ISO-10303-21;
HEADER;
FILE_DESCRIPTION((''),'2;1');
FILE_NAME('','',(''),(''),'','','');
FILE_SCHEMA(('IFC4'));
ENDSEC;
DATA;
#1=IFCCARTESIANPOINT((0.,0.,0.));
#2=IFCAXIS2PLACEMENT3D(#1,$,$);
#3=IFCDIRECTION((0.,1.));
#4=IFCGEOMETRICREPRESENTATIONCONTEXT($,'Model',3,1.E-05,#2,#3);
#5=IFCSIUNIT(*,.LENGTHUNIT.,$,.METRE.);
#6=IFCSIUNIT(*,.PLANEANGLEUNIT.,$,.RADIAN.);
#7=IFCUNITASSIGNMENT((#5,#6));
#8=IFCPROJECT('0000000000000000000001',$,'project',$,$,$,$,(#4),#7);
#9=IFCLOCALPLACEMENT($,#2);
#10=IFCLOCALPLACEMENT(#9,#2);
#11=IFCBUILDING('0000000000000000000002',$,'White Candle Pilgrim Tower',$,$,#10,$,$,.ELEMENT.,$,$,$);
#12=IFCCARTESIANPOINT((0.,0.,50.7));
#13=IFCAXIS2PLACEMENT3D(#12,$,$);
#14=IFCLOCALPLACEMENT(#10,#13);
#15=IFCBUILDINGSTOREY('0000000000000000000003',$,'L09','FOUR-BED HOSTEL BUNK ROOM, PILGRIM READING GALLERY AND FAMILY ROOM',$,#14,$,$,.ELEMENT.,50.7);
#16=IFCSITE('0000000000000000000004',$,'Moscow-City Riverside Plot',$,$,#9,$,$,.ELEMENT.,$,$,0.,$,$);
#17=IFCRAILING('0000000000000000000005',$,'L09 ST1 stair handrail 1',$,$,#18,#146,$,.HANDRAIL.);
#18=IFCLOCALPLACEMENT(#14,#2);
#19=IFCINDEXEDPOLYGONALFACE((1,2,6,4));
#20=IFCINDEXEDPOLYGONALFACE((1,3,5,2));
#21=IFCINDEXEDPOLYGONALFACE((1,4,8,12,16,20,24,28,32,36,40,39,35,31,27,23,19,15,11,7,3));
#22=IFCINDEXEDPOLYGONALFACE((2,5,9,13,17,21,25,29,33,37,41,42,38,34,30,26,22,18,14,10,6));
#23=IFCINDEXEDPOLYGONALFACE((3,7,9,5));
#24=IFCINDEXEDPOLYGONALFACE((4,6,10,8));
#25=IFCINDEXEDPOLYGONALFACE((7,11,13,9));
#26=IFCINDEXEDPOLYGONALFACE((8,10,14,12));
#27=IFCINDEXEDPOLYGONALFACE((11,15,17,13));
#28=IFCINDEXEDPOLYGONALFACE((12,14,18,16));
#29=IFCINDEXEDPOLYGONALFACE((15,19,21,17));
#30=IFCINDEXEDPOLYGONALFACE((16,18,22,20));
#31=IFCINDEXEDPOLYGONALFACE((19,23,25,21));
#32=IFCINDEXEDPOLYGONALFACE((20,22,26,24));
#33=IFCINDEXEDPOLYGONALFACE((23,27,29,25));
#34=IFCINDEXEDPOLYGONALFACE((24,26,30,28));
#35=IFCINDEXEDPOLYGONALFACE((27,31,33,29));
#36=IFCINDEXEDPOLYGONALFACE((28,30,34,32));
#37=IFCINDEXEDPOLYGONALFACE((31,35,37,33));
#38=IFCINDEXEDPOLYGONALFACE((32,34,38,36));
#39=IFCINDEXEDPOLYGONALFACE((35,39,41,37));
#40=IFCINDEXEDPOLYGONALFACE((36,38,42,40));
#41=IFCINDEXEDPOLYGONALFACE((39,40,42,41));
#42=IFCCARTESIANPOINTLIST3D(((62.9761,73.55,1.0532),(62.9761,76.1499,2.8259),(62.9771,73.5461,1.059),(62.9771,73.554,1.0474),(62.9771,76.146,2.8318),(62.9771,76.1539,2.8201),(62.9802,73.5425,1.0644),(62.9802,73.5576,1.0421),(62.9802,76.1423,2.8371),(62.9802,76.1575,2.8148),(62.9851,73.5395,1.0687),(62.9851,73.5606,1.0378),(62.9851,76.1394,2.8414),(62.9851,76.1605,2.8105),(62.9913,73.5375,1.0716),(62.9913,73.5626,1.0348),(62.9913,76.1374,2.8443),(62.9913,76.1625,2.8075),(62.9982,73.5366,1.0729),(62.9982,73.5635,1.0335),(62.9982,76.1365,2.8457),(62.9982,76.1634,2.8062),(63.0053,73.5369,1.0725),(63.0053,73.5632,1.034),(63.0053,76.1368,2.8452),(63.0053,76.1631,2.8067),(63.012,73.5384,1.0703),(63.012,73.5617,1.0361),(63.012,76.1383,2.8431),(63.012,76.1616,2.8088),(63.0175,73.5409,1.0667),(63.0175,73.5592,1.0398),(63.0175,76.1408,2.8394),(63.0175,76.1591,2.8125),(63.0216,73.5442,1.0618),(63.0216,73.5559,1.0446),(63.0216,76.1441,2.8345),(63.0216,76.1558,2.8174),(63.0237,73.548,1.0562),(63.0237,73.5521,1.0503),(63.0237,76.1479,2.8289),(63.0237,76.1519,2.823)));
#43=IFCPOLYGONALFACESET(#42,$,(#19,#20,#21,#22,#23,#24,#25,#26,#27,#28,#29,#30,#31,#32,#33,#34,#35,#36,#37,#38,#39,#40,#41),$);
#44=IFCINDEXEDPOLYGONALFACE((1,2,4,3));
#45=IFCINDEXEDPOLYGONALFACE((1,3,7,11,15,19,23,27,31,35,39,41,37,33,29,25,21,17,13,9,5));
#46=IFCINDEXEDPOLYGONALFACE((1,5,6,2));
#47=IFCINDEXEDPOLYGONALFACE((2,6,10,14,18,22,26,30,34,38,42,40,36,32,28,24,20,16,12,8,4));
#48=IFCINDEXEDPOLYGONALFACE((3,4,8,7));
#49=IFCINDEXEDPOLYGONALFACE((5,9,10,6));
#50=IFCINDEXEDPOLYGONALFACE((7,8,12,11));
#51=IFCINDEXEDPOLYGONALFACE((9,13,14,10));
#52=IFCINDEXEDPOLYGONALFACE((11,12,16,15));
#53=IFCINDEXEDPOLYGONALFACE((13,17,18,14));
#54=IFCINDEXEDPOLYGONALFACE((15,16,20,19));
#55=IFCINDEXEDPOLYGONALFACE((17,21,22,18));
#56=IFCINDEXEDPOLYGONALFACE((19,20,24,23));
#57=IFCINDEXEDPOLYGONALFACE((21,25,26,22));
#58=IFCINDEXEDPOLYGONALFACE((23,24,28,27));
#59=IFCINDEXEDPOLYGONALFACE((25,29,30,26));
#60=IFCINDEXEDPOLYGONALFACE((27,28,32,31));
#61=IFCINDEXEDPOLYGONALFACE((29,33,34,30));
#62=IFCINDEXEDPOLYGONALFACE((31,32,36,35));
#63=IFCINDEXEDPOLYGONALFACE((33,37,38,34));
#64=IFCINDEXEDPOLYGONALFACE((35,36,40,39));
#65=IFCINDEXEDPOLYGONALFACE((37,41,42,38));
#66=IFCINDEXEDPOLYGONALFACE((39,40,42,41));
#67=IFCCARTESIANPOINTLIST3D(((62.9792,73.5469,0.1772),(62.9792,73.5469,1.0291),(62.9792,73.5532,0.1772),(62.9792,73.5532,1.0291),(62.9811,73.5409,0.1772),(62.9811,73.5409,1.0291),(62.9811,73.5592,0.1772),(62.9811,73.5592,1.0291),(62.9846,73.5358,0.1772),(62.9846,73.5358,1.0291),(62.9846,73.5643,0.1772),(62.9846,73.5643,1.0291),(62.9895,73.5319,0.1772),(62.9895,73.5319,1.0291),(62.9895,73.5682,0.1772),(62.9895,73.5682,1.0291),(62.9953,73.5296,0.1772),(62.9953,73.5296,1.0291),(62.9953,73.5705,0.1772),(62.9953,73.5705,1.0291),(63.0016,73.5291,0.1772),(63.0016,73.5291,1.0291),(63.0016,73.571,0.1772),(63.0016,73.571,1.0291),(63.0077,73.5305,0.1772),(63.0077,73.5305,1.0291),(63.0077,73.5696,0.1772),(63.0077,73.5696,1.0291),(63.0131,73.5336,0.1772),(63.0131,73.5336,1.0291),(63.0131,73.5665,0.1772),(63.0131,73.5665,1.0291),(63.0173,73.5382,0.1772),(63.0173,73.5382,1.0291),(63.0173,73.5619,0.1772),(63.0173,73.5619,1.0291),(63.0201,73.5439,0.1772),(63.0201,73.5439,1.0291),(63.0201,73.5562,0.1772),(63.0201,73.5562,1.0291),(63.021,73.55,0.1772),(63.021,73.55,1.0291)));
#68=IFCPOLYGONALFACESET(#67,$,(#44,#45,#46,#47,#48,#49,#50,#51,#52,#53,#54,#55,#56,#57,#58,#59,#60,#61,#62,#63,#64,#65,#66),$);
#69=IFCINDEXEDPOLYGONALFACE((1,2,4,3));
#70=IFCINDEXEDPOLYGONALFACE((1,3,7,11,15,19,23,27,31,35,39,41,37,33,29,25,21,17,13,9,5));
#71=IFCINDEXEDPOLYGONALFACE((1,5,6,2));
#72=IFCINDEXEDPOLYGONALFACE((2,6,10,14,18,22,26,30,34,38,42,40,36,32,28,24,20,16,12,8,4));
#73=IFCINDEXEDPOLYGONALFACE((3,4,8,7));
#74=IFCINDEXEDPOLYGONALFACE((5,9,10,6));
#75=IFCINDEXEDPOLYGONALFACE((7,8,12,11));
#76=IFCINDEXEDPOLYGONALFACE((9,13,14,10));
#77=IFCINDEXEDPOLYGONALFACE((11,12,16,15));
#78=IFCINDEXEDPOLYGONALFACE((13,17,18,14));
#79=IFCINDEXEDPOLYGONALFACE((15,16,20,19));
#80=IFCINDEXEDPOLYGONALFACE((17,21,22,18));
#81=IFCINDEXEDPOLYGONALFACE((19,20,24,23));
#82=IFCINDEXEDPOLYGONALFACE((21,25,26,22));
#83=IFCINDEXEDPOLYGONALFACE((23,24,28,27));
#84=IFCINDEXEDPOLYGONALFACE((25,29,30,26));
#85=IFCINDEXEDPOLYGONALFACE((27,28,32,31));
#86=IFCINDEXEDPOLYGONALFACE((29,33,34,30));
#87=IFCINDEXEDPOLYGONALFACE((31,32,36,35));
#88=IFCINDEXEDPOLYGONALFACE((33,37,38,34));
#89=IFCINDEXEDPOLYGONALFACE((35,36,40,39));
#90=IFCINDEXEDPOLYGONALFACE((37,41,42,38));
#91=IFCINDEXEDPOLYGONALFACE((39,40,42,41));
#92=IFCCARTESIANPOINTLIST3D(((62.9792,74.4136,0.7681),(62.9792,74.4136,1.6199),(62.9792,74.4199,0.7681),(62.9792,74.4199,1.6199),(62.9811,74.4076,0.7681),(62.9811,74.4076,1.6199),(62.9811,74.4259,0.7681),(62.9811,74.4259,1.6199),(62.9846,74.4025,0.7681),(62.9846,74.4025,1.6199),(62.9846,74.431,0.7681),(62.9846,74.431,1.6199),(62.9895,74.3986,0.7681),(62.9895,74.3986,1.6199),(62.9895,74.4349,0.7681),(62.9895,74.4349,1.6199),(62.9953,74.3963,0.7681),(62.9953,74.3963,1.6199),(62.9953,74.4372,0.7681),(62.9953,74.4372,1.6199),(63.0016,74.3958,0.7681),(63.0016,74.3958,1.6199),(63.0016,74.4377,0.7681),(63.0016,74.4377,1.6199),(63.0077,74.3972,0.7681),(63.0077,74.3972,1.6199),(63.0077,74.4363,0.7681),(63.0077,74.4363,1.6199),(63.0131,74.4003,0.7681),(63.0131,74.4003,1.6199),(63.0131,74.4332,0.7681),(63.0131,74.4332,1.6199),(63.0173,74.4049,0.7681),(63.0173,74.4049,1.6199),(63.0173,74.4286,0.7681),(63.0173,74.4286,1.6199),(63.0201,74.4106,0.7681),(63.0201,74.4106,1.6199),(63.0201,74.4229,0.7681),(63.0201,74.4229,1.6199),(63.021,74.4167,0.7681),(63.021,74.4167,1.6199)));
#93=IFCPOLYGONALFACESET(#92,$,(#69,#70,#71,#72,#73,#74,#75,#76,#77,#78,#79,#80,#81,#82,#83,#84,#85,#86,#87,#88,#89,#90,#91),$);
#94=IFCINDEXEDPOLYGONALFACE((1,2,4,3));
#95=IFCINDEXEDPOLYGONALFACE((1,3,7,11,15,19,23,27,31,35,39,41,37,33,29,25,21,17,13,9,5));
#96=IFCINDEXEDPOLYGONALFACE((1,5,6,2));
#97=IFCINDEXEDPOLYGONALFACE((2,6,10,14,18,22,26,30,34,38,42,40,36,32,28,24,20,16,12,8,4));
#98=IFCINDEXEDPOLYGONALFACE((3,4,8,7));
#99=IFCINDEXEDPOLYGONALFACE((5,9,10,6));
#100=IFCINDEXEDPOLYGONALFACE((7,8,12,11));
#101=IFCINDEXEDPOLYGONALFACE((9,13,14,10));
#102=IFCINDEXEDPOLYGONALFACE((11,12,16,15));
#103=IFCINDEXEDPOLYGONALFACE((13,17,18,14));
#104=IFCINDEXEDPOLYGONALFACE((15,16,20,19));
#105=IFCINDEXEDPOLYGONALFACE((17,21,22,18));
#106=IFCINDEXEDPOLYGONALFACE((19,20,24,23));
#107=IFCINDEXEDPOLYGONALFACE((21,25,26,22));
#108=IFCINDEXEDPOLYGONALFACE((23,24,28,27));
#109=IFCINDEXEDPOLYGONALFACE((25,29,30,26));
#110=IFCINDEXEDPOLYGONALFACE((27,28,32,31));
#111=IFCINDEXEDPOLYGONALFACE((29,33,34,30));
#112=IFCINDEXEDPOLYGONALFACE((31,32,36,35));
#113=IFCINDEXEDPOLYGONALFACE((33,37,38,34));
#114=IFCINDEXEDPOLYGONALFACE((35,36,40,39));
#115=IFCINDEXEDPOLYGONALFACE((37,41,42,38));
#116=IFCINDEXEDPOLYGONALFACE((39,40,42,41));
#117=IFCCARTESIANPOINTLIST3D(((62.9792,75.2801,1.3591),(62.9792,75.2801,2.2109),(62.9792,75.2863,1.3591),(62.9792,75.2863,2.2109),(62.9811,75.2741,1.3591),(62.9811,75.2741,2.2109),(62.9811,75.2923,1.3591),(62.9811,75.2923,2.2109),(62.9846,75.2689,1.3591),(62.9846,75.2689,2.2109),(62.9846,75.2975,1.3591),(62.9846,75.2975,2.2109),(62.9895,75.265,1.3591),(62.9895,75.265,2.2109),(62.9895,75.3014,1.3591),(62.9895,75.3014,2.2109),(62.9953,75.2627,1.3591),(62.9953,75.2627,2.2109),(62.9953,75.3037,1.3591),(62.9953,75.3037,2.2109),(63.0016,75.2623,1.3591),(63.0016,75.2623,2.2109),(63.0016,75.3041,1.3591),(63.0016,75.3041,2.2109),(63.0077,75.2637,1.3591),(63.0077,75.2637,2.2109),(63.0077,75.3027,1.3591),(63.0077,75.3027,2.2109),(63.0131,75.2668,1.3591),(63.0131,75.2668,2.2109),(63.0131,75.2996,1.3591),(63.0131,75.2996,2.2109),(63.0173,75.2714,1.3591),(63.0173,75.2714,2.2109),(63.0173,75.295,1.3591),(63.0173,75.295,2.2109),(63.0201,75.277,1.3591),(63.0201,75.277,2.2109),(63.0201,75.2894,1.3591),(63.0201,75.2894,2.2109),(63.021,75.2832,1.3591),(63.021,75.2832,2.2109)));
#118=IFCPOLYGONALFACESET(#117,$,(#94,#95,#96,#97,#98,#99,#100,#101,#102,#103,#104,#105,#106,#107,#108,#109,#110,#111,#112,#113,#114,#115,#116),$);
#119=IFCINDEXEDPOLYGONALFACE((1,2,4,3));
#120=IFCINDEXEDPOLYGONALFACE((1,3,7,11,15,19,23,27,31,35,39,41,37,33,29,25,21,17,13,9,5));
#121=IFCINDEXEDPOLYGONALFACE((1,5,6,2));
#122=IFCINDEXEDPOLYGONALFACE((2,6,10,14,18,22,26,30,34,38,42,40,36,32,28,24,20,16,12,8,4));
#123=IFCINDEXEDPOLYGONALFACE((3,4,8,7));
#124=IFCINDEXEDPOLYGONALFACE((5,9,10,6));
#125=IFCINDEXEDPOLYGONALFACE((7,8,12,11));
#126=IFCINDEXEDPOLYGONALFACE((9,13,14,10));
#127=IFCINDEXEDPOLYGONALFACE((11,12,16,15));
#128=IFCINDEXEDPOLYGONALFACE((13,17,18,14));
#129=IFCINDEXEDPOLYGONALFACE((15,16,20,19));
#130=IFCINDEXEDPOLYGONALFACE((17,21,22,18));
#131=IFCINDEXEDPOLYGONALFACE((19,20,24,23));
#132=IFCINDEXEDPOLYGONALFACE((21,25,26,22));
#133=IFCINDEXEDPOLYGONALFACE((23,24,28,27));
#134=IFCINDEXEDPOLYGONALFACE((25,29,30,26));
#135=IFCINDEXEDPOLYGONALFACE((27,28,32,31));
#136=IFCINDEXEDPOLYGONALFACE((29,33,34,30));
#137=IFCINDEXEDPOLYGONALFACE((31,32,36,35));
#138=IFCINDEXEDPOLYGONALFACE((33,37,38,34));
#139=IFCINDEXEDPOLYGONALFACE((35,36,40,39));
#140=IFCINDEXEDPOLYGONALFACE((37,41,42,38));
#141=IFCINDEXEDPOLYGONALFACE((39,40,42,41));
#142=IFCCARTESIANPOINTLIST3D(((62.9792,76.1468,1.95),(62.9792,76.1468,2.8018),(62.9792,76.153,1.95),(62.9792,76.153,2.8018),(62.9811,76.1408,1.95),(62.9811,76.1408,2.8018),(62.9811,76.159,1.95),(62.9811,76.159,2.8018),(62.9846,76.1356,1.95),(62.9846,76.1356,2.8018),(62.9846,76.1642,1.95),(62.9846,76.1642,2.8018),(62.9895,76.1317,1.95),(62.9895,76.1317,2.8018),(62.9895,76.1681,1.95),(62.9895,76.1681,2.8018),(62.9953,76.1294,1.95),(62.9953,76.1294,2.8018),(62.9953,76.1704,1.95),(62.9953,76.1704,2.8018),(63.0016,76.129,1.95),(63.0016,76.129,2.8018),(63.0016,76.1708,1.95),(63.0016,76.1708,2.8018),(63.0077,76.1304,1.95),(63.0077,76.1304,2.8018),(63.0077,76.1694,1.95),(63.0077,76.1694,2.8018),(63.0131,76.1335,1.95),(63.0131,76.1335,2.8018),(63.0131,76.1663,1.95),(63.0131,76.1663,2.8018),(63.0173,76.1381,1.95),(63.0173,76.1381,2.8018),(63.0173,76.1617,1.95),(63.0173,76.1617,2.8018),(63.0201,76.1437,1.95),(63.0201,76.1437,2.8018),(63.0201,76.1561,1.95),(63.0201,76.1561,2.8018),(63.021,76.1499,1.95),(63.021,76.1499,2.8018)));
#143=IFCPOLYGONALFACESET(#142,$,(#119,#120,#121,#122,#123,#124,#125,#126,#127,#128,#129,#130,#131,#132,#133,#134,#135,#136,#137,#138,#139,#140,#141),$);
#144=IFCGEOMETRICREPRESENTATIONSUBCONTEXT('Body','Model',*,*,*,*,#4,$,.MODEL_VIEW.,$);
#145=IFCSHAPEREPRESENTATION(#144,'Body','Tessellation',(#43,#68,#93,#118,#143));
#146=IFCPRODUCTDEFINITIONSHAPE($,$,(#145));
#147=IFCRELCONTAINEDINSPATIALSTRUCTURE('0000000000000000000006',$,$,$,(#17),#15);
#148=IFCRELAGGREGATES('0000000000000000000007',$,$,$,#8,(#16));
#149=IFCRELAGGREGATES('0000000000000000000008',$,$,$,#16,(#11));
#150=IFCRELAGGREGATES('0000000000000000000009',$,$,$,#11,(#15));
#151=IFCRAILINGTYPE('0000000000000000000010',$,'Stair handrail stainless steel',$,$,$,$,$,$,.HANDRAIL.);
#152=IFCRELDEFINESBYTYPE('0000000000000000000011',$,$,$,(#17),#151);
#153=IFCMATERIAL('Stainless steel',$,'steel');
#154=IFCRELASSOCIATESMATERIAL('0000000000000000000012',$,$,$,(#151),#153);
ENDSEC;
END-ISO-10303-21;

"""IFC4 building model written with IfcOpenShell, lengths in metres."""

from ifc_helpers import new_model, si_unit, direction, frame, origin, origin_2d, place, context, subcontext, project, spatial, circle, extrude, material, type_object, element, save


model = new_model("IFC4")

# Units and contexts
model_context = context("Model", 3, precision=1e-05, world=origin(), true_north=direction((0.0, 1.0)))
body_context = subcontext(model_context, "Body", "Model", "MODEL_VIEW")
ifc_project = project(units=[si_unit("LENGTHUNIT", "METRE"), si_unit("PLANEANGLEUNIT", "RADIAN")], contexts=[model_context])

# Site, building, storey
site_placement = place(None, origin())
site = spatial("IfcSite", under=ifc_project, at=site_placement, Name="Moscow-City Riverside Plot", CompositionType="ELEMENT", RefElevation=0.0)
building_placement = place(site_placement, origin())
building = spatial("IfcBuilding", under=site, at=building_placement, Name="White Candle Pilgrim Tower", CompositionType="ELEMENT")
storey_placement = place(building_placement, frame((0.0, 0.0, 50.7)))
storey = spatial("IfcBuildingStorey", under=building, at=storey_placement, Name="L09", Description="FOUR-BED HOSTEL BUNK ROOM, PILGRIM READING GALLERY AND FAMILY ROOM", CompositionType="ELEMENT", Elevation=50.7)

# Railing
ifc_material_1 = material(Name="Stainless steel", Category="steel")
railing_type_1 = type_object("IfcRailingType", Name="Stair handrail stainless steel", PredefinedType="HANDRAIL", material=ifc_material_1)
railing_1_placement = place(storey_placement, frame((63.0, 73.55, 0.1772)))
element("IfcRailing", 1, at=railing_1_placement, inside=storey, type_object=railing_type_1, Name="L09 ST1 stair handrail 1", PredefinedType="HANDRAIL", context=body_context, shape_type="SweptSolid", body=[
    extrude(circle(Radius=0.0239, at=origin_2d()), frame((0.0, 0.0, 0.876), z_axis=(0.0, 0.826216, 0.563354), x_axis=(-1.0, 0.0, 0.0)), (0.0, 0.0, 1.0), 3.1467),
    extrude(circle(Radius=0.021, at=origin_2d()), origin(), (0.0, 0.0, 1.0), 0.8518),
    extrude(circle(Radius=0.021, at=origin_2d()), frame((0.0, 0.8667, 0.5908)), (0.0, 0.0, 1.0), 0.8518),
    extrude(circle(Radius=0.021, at=origin_2d()), frame((0.0, 1.7332, 1.1819)), (0.0, 0.0, 1.0), 0.8518),
    extrude(circle(Radius=0.021, at=origin_2d()), frame((0.0, 2.5999, 1.7727)), (0.0, 0.0, 1.0), 0.8518),
])

save(model, "model.ifc")
